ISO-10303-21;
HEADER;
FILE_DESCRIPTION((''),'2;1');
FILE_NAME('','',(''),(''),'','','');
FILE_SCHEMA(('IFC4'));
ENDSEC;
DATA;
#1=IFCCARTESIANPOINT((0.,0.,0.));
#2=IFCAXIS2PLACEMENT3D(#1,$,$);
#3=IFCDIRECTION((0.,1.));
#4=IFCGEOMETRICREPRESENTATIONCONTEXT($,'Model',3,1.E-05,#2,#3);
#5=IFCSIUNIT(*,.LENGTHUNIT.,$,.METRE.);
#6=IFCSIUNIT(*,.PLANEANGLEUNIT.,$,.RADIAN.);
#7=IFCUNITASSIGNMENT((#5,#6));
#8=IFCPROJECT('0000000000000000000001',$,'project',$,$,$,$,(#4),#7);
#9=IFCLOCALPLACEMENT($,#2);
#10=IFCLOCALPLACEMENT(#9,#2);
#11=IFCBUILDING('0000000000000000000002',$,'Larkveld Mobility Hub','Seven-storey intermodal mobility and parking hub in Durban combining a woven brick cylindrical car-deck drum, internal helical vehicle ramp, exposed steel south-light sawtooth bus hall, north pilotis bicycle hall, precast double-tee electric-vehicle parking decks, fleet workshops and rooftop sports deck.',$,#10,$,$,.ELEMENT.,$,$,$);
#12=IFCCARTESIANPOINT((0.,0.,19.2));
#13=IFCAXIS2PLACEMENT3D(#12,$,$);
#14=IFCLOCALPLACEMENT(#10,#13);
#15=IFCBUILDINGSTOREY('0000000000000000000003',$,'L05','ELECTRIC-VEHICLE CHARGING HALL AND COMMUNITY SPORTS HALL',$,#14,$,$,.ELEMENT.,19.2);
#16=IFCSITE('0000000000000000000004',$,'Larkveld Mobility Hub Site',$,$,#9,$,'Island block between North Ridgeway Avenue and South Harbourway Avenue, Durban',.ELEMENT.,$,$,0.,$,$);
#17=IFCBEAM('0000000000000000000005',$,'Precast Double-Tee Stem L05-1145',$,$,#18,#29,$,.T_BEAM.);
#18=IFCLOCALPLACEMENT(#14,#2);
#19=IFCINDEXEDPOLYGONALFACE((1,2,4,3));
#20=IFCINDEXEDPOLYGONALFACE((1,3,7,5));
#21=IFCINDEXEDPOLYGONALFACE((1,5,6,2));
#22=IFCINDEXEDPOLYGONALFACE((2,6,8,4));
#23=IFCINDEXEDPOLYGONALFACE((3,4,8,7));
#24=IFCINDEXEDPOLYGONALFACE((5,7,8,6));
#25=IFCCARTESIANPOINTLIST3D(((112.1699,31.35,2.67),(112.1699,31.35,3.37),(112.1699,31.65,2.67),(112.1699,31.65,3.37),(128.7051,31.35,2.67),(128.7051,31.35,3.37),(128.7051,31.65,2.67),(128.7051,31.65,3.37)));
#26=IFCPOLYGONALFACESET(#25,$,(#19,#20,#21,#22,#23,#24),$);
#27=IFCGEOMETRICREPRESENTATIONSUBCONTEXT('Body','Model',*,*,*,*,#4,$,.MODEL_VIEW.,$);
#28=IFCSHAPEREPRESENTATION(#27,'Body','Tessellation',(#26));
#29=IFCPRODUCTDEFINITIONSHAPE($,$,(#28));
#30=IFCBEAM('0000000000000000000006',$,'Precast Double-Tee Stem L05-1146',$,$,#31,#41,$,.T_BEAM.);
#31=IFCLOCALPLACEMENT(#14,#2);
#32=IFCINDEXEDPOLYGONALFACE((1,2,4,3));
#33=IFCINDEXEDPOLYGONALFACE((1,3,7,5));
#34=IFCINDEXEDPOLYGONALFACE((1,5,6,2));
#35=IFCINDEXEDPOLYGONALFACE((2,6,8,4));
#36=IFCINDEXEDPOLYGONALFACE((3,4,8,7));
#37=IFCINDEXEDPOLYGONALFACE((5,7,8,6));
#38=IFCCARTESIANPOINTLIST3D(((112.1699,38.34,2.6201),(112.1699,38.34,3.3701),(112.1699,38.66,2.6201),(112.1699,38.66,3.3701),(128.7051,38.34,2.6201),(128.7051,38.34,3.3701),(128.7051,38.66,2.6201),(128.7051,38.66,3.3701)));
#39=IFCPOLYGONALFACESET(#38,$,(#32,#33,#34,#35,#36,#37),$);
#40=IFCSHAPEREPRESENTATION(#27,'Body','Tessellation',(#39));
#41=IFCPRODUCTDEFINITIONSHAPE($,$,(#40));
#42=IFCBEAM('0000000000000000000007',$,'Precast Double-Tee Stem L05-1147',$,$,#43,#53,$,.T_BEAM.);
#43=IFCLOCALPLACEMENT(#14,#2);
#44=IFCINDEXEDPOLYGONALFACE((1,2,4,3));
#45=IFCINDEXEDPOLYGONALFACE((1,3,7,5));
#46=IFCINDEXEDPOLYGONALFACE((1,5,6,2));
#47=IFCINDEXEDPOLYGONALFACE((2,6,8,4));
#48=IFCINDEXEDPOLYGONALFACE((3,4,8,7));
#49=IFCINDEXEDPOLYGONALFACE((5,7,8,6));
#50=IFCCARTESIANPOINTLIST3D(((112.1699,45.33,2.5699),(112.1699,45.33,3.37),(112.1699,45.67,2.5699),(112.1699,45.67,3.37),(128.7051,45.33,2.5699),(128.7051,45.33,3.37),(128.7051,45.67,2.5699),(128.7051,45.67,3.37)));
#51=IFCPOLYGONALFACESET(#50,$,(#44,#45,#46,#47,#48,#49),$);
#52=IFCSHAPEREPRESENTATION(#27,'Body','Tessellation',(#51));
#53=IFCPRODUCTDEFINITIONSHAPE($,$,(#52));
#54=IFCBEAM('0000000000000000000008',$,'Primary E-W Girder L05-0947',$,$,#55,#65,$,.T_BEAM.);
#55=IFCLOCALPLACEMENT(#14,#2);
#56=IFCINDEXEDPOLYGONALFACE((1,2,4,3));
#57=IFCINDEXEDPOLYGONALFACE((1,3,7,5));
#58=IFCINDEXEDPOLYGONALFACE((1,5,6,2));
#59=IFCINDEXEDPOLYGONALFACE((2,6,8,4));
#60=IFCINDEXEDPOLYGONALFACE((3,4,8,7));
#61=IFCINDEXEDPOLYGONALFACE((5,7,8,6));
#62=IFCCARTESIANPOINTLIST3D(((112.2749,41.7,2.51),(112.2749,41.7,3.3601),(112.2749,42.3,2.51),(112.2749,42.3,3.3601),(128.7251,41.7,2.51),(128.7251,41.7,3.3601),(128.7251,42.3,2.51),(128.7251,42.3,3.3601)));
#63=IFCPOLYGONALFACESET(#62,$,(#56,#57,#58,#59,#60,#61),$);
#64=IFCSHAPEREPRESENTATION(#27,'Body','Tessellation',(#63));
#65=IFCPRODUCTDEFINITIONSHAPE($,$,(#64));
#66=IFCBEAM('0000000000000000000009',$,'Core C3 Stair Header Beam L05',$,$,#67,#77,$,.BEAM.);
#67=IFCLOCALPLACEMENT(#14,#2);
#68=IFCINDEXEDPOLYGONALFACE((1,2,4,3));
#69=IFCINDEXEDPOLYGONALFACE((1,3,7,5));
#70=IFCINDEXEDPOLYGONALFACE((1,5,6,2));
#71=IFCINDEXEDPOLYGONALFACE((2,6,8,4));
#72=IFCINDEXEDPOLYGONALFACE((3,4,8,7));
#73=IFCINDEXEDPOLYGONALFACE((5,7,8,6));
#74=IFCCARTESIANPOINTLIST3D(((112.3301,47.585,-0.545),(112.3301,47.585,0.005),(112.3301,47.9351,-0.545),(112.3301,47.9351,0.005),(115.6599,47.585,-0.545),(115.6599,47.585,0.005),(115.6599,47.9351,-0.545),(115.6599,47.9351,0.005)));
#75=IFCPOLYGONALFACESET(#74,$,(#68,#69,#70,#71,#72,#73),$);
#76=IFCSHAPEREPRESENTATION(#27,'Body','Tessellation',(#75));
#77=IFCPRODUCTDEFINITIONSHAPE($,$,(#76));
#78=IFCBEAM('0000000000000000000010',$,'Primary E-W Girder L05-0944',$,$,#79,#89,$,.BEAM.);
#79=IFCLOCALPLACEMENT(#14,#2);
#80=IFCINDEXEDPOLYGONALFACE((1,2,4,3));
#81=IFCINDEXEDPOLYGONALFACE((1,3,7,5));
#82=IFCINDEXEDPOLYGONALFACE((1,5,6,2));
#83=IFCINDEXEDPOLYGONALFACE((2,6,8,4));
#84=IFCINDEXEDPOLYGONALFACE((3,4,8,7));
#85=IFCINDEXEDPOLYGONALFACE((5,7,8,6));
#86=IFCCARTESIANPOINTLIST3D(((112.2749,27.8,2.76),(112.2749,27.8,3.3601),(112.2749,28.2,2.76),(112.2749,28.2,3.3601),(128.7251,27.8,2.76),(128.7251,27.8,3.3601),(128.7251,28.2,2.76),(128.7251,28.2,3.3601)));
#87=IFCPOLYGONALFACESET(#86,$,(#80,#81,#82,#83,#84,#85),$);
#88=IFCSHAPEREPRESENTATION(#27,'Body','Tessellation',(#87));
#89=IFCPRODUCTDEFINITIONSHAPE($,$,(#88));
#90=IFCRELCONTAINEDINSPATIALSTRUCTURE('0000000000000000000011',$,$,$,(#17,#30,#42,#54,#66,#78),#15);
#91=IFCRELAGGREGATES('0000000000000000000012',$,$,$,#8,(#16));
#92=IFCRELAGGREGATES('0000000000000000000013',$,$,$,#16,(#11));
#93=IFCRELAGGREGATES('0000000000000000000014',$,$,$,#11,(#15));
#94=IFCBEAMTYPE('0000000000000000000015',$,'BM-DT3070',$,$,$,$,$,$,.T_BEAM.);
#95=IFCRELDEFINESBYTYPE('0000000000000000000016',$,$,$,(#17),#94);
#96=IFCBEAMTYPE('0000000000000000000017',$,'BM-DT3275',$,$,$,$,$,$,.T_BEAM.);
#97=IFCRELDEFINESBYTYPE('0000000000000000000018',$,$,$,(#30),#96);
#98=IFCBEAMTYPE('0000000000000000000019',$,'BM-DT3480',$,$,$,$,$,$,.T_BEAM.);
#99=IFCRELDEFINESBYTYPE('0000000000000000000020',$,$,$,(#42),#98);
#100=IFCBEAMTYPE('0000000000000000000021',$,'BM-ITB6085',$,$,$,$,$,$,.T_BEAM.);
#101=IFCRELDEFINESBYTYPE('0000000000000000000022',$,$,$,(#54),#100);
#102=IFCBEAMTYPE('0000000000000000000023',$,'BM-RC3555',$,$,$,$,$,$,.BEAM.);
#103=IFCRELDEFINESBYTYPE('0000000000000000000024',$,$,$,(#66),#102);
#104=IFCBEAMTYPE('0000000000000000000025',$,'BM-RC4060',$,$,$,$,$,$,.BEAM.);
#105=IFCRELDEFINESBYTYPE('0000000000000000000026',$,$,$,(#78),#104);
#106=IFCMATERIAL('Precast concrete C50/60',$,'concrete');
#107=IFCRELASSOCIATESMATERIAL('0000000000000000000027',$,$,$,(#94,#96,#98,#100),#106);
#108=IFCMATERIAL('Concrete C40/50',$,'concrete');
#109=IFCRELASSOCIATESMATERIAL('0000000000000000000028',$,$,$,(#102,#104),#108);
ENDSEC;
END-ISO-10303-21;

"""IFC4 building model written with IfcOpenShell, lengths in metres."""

from ifc_helpers import new_model, si_unit, direction, frame, origin, origin_2d, place, context, subcontext, project, spatial, rectangle, extrude, material, material_profile, profile_set, type_object, element, save


model = new_model("IFC4")

# Units and contexts
model_context = context("Model", 3, precision=1e-05, world=origin(), true_north=direction((0.0, 1.0)))
body_context = subcontext(model_context, "Body", "Model", "MODEL_VIEW")
ifc_project = project(units=[si_unit("LENGTHUNIT", "METRE"), si_unit("PLANEANGLEUNIT", "RADIAN")], contexts=[model_context])

# Site, building, storey
site_placement = place(None, origin())
site = spatial("IfcSite", under=ifc_project, at=site_placement, Name="Larkveld Mobility Hub Site", LongName="Island block between North Ridgeway Avenue and South Harbourway Avenue, Durban", CompositionType="ELEMENT", RefElevation=0.0)
building_placement = place(site_placement, origin())
building = spatial("IfcBuilding", under=site, at=building_placement, Name="Larkveld Mobility Hub", Description="Seven-storey intermodal mobility and parking hub in Durban combining a woven brick cylindrical car-deck drum, internal helical vehicle ramp, exposed steel south-light sawtooth bus hall, north pilotis bicycle hall, precast double-tee electric-vehicle parking decks, fleet workshops and rooftop sports deck.", CompositionType="ELEMENT")
storey_placement = place(building_placement, frame((0.0, 0.0, 19.2)))
storey = spatial("IfcBuildingStorey", under=building, at=storey_placement, Name="L05", Description="ELECTRIC-VEHICLE CHARGING HALL AND COMMUNITY SPORTS HALL", CompositionType="ELEMENT", Elevation=19.2)

# Beams
ifc_material_1 = material(Name="Precast concrete C50/60", Category="concrete")
ifc_material_profile_1 = material_profile(ifc_material_1, rectangle(XDim=0.3, YDim=0.7, at=origin_2d()), Name="PC DT 300x700")
ifc_profile_set_1 = profile_set([ifc_material_profile_1], Name="Precast concrete C50/60")
beam_type_1 = type_object("IfcBeamType", Name="BM-DT3070", PredefinedType="T_BEAM", material=ifc_profile_set_1)
beam_1_placement = place(storey_placement, frame((112.1699, 31.5, 3.02), z_axis=(1.0, 0.0, 0.0), x_axis=(0.0, 1.0, 0.0)))
element("IfcBeam", 1, at=beam_1_placement, inside=storey, type_object=beam_type_1, Name="Precast Double-Tee Stem L05-1145", PredefinedType="T_BEAM", context=body_context, shape_type="SweptSolid", body=[
    extrude(rectangle(XDim=0.3, YDim=0.7, at=origin_2d()), origin(), (0.0, 0.0, 1.0), 16.5352),
])
ifc_material_profile_2 = material_profile(ifc_material_1, rectangle(XDim=0.3201, YDim=0.75, at=origin_2d()), Name="PC DT 320x750")
ifc_profile_set_2 = profile_set([ifc_material_profile_2], Name="Precast concrete C50/60")
beam_type_2 = type_object("IfcBeamType", Name="BM-DT3275", PredefinedType="T_BEAM", material=ifc_profile_set_2)
beam_2_placement = place(storey_placement, frame((112.1699, 38.5, 2.9951), z_axis=(1.0, 0.0, 0.0), x_axis=(0.0, 1.0, 0.0)))
element("IfcBeam", 2, at=beam_2_placement, inside=storey, type_object=beam_type_2, Name="Precast Double-Tee Stem L05-1146", PredefinedType="T_BEAM", context=body_context, shape_type="SweptSolid", body=[
    extrude(rectangle(XDim=0.3201, YDim=0.75, at=origin_2d()), origin(), (0.0, 0.0, 1.0), 16.5352),
])
ifc_material_profile_3 = material_profile(ifc_material_1, rectangle(XDim=0.3401, YDim=0.8, at=origin_2d()), Name="PC DT 340x800")
ifc_profile_set_3 = profile_set([ifc_material_profile_3], Name="Precast concrete C50/60")
beam_type_3 = type_object("IfcBeamType", Name="BM-DT3480", PredefinedType="T_BEAM", material=ifc_profile_set_3)
beam_3_placement = place(storey_placement, frame((112.1699, 45.5, 2.97), z_axis=(1.0, 0.0, 0.0), x_axis=(0.0, 1.0, 0.0)))
element("IfcBeam", 3, at=beam_3_placement, inside=storey, type_object=beam_type_3, Name="Precast Double-Tee Stem L05-1147", PredefinedType="T_BEAM", context=body_context, shape_type="SweptSolid", body=[
    extrude(rectangle(XDim=0.3401, YDim=0.8, at=origin_2d()), origin(), (0.0, 0.0, 1.0), 16.5352),
])
ifc_material_profile_4 = material_profile(ifc_material_1, rectangle(XDim=0.6001, YDim=0.8501, at=origin_2d()), Name="PC ITB 600x850")
ifc_profile_set_4 = profile_set([ifc_material_profile_4], Name="Precast concrete C50/60")
beam_type_4 = type_object("IfcBeamType", Name="BM-ITB6085", PredefinedType="T_BEAM", material=ifc_profile_set_4)
beam_4_placement = place(storey_placement, frame((112.2749, 42.0, 2.9351), z_axis=(1.0, 0.0, 0.0), x_axis=(0.0, 1.0, 0.0)))
element("IfcBeam", 4, at=beam_4_placement, inside=storey, type_object=beam_type_4, Name="Primary E-W Girder L05-0947", PredefinedType="T_BEAM", context=body_context, shape_type="SweptSolid", body=[
    extrude(rectangle(XDim=0.6001, YDim=0.8501, at=origin_2d()), origin(), (0.0, 0.0, 1.0), 16.4502),
])
ifc_material_2 = material(Name="Concrete C40/50", Category="concrete")
ifc_material_profile_5 = material_profile(ifc_material_2, rectangle(XDim=0.3501, YDim=0.55, at=origin_2d()), Name="RC BM 350x550")
ifc_profile_set_5 = profile_set([ifc_material_profile_5], Name="Concrete C40/50")
beam_type_5 = type_object("IfcBeamType", Name="BM-RC3555", PredefinedType="BEAM", material=ifc_profile_set_5)
beam_5_placement = place(storey_placement, frame((112.3301, 47.76, -0.27), z_axis=(1.0, 0.0, 0.0), x_axis=(0.0, 1.0, 0.0)))
element("IfcBeam", 5, at=beam_5_placement, inside=storey, type_object=beam_type_5, Name="Core C3 Stair Header Beam L05", PredefinedType="BEAM", context=body_context, shape_type="SweptSolid", body=[
    extrude(rectangle(XDim=0.3501, YDim=0.55, at=origin_2d()), origin(), (0.0, 0.0, 1.0), 3.3298),
])
ifc_material_profile_6 = material_profile(ifc_material_2, rectangle(XDim=0.3999, YDim=0.6001, at=origin_2d()), Name="RC BM 400x600")
ifc_profile_set_6 = profile_set([ifc_material_profile_6], Name="Concrete C40/50")
beam_type_6 = type_object("IfcBeamType", Name="BM-RC4060", PredefinedType="BEAM", material=ifc_profile_set_6)
beam_6_placement = place(storey_placement, frame((112.2749, 28.0, 3.0601), z_axis=(1.0, 0.0, 0.0), x_axis=(0.0, 1.0, 0.0)))
element("IfcBeam", 6, at=beam_6_placement, inside=storey, type_object=beam_type_6, Name="Primary E-W Girder L05-0944", PredefinedType="BEAM", context=body_context, shape_type="SweptSolid", body=[
    extrude(rectangle(XDim=0.3999, YDim=0.6001, at=origin_2d()), origin(), (0.0, 0.0, 1.0), 16.4502),
])

save(model, "model.ifc")
